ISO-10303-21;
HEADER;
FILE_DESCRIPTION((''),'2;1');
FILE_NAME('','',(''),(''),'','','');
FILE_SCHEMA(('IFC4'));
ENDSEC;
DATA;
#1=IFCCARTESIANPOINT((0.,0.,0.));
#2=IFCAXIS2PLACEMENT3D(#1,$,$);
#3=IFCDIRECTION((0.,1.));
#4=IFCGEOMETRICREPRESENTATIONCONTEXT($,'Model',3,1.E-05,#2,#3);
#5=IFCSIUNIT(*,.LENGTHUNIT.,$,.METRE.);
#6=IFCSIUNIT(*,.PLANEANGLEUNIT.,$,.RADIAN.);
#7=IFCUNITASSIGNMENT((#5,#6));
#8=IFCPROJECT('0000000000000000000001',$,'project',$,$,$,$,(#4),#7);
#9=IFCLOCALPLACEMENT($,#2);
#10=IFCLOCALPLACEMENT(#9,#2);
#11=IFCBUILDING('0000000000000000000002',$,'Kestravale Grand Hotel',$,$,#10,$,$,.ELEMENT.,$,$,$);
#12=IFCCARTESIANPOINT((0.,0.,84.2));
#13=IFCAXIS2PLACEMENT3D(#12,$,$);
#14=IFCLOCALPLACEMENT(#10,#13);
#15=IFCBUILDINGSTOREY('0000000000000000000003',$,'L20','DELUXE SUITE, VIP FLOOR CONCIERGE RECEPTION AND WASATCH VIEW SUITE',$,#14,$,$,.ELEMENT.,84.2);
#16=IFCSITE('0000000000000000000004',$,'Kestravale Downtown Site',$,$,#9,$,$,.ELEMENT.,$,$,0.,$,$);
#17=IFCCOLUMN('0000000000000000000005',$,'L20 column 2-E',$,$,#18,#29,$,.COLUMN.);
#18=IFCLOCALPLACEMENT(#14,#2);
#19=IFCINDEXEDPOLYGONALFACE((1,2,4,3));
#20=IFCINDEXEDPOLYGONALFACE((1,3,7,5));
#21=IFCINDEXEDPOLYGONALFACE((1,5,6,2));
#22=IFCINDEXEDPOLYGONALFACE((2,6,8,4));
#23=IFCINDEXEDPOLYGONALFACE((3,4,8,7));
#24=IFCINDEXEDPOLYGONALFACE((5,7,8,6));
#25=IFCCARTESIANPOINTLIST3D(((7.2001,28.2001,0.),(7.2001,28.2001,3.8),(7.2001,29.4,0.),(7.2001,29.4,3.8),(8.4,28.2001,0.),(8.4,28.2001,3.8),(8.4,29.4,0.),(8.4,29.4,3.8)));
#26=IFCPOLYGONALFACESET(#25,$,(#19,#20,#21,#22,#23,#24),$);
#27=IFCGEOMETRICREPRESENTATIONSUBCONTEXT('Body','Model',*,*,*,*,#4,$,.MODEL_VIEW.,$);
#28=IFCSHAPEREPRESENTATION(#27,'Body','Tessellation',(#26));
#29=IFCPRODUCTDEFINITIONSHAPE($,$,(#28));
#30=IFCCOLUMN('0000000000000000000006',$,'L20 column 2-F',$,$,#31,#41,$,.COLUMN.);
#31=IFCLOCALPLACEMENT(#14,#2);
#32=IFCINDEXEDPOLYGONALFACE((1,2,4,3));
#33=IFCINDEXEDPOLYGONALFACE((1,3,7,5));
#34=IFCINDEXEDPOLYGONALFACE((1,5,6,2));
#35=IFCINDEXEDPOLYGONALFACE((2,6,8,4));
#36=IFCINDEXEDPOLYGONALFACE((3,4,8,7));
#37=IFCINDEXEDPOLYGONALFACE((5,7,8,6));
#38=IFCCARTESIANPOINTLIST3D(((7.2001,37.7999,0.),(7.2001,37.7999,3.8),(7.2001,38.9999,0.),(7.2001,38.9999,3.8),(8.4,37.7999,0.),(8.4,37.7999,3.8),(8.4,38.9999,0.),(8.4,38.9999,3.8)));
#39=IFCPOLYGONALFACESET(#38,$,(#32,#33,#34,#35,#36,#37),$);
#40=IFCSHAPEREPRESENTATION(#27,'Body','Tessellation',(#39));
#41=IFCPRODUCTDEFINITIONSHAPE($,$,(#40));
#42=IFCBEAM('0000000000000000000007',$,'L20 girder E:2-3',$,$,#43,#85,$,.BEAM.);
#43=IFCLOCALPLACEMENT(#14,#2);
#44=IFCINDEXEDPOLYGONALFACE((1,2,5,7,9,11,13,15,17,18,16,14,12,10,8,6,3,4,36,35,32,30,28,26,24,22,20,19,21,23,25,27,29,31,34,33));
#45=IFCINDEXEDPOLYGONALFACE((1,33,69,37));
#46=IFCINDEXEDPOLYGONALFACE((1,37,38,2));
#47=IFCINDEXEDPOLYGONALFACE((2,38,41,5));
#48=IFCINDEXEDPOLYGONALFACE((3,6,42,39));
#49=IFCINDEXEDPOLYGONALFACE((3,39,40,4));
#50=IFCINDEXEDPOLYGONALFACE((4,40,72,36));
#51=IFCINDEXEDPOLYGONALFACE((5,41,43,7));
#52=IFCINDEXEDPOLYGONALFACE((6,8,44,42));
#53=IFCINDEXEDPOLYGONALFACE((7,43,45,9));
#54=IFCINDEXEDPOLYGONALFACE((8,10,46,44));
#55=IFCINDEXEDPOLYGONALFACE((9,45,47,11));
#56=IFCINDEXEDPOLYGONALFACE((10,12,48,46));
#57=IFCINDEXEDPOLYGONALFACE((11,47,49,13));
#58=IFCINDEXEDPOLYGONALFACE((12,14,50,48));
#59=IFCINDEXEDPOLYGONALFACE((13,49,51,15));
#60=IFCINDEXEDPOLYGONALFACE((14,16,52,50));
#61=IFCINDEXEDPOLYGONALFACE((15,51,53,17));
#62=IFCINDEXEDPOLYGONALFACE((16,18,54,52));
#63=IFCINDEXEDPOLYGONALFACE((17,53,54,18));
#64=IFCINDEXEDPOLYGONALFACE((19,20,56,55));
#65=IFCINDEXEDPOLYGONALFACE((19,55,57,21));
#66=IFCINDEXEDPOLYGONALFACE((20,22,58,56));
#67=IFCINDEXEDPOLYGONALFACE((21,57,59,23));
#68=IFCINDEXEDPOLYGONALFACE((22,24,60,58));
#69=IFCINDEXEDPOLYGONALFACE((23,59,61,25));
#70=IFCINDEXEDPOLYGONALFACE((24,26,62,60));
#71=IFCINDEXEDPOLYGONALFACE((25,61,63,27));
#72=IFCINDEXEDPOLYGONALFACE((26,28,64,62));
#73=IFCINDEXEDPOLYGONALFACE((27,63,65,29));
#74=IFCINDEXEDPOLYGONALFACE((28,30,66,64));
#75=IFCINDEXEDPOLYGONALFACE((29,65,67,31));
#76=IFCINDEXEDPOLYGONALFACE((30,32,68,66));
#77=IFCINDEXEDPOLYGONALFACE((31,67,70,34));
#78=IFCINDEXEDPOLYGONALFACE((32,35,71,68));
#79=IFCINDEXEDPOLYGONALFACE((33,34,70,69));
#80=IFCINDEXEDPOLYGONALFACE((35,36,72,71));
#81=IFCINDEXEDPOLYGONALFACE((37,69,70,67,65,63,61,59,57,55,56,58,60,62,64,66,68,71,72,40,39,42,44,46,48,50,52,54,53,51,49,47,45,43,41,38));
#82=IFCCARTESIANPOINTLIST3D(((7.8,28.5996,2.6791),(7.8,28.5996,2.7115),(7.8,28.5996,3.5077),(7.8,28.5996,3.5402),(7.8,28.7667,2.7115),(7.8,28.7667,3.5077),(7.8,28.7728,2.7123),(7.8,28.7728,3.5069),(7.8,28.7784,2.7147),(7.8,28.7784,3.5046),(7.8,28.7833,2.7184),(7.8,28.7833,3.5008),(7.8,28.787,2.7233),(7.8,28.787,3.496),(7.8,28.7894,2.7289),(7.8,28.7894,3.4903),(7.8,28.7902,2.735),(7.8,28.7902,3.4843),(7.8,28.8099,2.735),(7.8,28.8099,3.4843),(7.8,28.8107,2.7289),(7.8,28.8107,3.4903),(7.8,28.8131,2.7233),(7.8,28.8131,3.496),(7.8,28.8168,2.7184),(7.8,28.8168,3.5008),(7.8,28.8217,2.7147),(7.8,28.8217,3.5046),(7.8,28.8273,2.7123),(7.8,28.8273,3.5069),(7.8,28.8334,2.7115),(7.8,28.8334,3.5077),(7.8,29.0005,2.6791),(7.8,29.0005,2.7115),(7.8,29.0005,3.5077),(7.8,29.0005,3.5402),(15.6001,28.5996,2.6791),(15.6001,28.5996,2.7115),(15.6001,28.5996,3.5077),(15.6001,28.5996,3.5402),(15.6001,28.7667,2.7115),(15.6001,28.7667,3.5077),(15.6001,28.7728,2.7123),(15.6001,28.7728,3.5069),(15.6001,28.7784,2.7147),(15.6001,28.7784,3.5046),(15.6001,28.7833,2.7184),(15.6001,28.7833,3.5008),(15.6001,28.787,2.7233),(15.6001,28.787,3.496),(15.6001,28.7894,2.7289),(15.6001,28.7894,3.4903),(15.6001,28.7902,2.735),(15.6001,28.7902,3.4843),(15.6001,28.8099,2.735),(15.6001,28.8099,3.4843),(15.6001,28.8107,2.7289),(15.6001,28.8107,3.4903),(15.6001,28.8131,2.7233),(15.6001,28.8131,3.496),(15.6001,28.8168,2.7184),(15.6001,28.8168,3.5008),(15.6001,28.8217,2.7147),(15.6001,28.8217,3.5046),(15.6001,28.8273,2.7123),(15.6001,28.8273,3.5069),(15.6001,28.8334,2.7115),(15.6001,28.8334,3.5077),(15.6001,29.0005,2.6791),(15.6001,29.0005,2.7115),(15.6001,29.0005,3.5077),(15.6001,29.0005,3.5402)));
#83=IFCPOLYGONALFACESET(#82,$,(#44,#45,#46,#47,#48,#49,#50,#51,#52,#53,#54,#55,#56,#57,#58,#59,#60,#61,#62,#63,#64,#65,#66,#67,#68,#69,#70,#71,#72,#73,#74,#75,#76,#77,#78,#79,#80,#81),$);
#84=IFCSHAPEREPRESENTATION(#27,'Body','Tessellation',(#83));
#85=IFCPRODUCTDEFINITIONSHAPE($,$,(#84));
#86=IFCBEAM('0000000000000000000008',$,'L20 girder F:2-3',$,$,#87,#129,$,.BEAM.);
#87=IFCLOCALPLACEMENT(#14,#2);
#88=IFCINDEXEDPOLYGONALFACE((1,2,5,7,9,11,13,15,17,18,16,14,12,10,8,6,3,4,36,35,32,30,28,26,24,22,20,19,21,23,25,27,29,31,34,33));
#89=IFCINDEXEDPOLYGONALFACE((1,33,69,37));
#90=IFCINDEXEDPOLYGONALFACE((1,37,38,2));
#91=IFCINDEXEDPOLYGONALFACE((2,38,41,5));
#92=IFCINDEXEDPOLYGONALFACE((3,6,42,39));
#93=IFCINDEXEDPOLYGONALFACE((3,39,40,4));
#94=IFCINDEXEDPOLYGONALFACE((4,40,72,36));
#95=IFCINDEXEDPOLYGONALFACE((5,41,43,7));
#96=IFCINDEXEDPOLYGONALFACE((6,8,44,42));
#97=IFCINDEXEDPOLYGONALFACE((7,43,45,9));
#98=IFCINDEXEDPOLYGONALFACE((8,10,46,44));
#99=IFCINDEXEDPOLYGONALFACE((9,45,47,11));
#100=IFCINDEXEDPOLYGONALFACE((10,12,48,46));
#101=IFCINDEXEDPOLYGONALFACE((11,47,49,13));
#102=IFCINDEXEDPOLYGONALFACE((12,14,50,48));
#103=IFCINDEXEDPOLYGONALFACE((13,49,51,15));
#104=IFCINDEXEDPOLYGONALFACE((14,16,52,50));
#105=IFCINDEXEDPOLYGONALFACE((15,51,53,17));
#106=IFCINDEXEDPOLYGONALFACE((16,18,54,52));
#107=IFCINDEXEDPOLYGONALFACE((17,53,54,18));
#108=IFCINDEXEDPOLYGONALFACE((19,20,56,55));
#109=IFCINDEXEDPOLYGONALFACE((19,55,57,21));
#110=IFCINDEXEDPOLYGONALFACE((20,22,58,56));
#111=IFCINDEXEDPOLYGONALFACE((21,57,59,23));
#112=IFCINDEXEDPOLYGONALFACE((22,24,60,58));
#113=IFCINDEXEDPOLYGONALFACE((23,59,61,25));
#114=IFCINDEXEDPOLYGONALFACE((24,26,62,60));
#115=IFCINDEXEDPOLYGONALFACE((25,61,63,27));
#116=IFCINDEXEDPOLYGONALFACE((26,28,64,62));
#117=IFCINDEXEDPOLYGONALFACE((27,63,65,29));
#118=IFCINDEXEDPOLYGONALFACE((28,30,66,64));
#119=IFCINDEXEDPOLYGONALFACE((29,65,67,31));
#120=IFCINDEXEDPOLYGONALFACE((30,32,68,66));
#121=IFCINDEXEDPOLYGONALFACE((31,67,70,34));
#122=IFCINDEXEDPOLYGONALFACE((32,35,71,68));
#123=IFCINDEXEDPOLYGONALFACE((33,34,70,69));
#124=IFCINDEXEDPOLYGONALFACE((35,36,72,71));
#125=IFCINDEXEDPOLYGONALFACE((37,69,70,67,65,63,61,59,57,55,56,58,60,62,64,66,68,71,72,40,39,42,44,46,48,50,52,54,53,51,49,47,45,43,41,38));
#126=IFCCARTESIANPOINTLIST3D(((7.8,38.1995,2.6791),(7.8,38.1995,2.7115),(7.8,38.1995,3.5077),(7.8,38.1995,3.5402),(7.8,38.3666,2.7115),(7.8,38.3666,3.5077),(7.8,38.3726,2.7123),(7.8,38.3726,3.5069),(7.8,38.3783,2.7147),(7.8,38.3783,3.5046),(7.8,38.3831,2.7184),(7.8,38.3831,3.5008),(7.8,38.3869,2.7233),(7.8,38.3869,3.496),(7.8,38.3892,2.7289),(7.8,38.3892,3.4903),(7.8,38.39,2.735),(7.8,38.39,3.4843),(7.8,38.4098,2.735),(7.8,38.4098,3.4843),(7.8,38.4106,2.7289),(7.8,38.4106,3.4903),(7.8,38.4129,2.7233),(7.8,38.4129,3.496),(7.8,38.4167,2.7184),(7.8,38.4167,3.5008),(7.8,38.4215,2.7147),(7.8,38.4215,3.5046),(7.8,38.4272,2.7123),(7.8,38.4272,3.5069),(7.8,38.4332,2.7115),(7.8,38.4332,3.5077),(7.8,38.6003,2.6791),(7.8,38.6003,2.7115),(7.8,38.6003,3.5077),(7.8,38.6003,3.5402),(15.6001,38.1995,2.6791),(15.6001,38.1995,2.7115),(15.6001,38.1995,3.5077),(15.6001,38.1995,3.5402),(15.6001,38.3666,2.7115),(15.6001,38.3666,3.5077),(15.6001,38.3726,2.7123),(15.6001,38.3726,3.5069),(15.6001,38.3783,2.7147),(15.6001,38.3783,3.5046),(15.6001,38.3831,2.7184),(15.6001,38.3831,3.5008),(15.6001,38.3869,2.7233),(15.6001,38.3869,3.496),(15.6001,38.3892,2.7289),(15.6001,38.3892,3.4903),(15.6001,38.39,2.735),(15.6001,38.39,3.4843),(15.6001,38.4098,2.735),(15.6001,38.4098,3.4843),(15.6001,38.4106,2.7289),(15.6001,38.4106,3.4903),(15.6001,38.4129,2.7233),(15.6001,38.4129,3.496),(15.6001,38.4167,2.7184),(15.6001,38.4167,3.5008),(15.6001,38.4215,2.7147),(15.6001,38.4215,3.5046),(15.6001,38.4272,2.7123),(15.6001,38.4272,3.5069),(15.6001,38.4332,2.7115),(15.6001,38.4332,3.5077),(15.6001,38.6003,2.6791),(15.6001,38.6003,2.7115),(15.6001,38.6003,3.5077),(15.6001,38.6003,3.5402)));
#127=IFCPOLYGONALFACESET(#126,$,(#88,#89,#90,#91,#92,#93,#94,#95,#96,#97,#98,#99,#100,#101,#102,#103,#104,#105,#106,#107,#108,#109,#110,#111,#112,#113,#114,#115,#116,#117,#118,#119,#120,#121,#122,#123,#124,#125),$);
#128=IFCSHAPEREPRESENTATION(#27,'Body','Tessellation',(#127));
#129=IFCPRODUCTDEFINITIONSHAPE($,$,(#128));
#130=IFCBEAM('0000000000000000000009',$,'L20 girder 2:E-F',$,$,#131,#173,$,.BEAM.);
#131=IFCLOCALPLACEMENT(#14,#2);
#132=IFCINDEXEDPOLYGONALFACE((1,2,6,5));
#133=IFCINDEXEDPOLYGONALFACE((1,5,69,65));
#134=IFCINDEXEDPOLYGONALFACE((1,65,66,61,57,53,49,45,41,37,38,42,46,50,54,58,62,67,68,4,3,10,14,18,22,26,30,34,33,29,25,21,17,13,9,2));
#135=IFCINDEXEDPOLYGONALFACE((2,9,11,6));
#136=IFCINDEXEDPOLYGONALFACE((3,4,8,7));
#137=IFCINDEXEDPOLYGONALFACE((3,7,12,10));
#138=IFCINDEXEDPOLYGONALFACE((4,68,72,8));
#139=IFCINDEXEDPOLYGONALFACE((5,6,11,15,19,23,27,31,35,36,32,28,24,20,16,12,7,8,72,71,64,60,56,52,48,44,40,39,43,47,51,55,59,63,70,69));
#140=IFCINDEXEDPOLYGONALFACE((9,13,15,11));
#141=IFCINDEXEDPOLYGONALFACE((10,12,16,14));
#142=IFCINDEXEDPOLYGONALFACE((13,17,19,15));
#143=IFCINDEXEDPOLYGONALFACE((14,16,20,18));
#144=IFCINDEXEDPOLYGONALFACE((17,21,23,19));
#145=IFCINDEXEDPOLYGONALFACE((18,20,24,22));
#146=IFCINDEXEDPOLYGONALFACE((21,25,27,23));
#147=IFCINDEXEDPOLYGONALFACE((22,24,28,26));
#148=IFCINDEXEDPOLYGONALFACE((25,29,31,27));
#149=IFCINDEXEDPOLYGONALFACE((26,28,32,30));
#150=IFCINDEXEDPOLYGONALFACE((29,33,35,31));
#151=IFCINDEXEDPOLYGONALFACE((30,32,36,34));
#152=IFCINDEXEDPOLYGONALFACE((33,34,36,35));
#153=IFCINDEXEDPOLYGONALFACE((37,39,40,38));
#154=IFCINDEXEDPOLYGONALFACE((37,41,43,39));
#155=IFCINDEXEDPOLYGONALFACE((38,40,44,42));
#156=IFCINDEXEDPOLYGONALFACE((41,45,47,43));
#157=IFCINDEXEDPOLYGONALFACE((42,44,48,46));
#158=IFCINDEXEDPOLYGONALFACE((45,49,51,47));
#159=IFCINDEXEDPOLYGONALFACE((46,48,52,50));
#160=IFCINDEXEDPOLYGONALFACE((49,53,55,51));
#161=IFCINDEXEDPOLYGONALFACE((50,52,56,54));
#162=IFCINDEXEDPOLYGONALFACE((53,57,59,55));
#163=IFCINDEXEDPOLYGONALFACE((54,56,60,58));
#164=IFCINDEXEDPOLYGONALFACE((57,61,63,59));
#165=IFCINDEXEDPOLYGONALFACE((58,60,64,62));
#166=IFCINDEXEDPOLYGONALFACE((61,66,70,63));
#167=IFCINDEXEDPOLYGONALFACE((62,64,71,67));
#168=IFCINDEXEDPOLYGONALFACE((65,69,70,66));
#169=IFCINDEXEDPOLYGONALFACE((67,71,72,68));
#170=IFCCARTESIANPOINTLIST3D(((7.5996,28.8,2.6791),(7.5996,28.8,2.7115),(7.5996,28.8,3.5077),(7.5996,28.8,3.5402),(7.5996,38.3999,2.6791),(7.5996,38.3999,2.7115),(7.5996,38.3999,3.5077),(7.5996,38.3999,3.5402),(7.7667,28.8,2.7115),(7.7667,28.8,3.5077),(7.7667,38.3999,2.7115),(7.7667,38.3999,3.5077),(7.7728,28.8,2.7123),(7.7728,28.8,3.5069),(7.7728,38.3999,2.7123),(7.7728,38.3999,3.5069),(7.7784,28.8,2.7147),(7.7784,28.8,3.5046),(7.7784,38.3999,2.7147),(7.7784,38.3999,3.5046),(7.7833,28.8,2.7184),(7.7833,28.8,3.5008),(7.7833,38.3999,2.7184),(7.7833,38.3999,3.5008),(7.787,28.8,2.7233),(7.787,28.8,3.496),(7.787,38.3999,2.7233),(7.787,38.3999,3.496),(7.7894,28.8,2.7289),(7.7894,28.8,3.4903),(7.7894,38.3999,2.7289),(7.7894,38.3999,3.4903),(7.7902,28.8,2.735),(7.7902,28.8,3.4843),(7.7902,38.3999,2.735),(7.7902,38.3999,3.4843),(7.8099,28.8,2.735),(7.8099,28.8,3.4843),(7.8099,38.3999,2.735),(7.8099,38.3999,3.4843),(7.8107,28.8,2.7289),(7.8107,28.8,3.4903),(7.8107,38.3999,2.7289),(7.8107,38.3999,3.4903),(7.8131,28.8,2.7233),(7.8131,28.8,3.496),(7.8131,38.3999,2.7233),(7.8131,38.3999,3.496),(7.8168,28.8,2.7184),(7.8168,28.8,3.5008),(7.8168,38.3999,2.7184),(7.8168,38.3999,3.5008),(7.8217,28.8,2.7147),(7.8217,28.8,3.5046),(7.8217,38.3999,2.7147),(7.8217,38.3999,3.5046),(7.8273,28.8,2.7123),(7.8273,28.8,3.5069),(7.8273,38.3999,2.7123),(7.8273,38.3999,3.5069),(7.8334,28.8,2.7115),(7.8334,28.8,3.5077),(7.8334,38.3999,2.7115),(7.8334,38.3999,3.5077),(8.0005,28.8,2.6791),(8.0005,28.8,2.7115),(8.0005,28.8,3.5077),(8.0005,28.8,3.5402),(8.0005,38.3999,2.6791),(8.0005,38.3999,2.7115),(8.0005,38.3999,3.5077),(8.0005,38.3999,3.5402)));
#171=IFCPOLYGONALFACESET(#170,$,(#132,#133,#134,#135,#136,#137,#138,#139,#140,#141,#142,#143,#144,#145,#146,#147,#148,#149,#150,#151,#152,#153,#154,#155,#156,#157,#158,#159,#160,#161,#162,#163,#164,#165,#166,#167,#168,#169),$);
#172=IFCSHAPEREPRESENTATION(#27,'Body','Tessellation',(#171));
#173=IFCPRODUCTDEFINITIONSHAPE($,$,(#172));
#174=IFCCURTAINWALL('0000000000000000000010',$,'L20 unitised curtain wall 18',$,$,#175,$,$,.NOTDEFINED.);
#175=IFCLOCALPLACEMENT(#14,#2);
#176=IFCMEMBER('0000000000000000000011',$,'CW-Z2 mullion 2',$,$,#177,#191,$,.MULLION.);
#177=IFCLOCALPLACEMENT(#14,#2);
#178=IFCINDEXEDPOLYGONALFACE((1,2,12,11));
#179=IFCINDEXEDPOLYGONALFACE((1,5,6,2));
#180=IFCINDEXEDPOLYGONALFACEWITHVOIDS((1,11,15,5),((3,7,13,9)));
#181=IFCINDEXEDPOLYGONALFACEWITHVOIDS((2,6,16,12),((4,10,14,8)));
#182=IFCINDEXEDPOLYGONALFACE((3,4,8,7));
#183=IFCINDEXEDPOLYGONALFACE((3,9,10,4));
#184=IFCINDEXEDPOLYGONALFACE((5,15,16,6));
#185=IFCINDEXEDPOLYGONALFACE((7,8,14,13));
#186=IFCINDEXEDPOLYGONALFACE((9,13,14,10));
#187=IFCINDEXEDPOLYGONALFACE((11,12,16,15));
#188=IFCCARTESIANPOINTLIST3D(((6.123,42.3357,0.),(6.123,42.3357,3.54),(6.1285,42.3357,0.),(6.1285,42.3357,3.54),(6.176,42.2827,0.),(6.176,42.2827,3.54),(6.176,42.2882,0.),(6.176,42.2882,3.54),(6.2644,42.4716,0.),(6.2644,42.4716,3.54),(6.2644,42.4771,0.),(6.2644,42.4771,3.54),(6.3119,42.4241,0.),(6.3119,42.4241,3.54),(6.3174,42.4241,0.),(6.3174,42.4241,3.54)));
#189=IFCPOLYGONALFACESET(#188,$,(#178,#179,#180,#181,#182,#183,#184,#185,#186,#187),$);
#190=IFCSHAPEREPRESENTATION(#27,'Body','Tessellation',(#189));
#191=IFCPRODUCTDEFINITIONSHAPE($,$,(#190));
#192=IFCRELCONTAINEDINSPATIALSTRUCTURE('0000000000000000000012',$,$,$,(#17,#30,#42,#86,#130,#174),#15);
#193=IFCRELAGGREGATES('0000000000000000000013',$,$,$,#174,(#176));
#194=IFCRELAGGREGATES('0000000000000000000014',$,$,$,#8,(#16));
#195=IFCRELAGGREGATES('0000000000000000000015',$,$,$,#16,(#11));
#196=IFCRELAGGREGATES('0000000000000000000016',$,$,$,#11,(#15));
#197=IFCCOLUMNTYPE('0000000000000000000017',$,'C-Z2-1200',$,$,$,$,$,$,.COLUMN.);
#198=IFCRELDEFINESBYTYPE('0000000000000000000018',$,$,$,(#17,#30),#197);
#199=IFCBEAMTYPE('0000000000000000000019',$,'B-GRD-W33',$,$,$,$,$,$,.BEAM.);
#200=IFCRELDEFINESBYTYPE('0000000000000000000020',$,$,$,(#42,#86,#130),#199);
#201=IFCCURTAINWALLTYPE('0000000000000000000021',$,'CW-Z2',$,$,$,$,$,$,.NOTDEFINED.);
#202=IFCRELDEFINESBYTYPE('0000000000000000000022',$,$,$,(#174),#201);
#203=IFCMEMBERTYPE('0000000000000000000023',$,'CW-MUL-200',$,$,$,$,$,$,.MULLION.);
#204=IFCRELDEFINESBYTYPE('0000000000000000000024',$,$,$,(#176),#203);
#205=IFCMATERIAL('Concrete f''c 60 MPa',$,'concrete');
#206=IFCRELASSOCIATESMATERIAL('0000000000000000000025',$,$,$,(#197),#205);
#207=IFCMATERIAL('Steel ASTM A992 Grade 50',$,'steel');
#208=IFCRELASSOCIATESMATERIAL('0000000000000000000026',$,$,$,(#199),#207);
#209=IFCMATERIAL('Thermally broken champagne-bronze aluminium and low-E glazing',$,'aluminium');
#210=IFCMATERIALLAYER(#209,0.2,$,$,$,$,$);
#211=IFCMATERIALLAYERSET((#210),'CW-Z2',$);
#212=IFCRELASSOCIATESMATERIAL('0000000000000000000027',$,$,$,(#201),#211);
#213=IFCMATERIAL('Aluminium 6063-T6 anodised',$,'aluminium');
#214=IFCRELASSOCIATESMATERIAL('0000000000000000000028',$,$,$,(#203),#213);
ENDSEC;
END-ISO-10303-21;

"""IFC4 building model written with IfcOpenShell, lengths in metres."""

from ifc_helpers import new_model, si_unit, direction, frame, origin, origin_2d, place, context, subcontext, project, spatial, rectangle, hollow_rectangle, i_section, extrude, material, layer, layer_set, material_profile, profile_set, type_object, element, aggregate, save


model = new_model("IFC4")

# Units and contexts
model_context = context("Model", 3, precision=1e-05, world=origin(), true_north=direction((0.0, 1.0)))
body_context = subcontext(model_context, "Body", "Model", "MODEL_VIEW")
ifc_project = project(units=[si_unit("LENGTHUNIT", "METRE"), si_unit("PLANEANGLEUNIT", "RADIAN")], contexts=[model_context])

# Site, building, storey
site_placement = place(None, origin())
site = spatial("IfcSite", under=ifc_project, at=site_placement, Name="Kestravale Downtown Site", CompositionType="ELEMENT", RefElevation=0.0)
building_placement = place(site_placement, origin())
building = spatial("IfcBuilding", under=site, at=building_placement, Name="Kestravale Grand Hotel", CompositionType="ELEMENT")
storey_placement = place(building_placement, frame((0.0, 0.0, 84.2)))
storey = spatial("IfcBuildingStorey", under=building, at=storey_placement, Name="L20", Description="DELUXE SUITE, VIP FLOOR CONCIERGE RECEPTION AND WASATCH VIEW SUITE", CompositionType="ELEMENT", Elevation=84.2)

# Columns
ifc_material_1 = material(Name="Concrete f'c 60 MPa", Category="concrete")
ifc_material_profile_1 = material_profile(ifc_material_1, rectangle(XDim=1.2, YDim=1.2, at=origin_2d()))
ifc_profile_set_1 = profile_set([ifc_material_profile_1], Name="Concrete f'c 60 MPa")
column_type = type_object("IfcColumnType", Name="C-Z2-1200", PredefinedType="COLUMN", material=ifc_profile_set_1)
for number, where, z_axis, x_axis, name in (
    (1, (7.8, 28.8, 0.0), (0.0, 0.0, 1.0), (1.0, 0.0, 0.0), "L20 column 2-E"),
    (2, (7.8, 38.3999, 0.0), (0.0, 0.0, 1.0), (1.0, 0.0, 0.0), "L20 column 2-F"),
):
    element("IfcColumn", number, at=place(storey_placement, frame(where, z_axis=z_axis, x_axis=x_axis)), inside=storey, type_object=column_type, Name=name, PredefinedType="COLUMN", context=body_context, shape_type="SweptSolid", body=[
        extrude(rectangle(XDim=1.2, YDim=1.2, at=origin_2d()), origin(), (0.0, 0.0, 1.0), 3.8),
    ])

# Beams
ifc_material_2 = material(Name="Steel ASTM A992 Grade 50", Category="steel")
ifc_material_profile_2 = material_profile(ifc_material_2, i_section(OverallWidth=0.4009, OverallDepth=0.8611, WebThickness=0.0198, FlangeThickness=0.0325, FilletRadius=0.0234, at=origin_2d()))
ifc_profile_set_2 = profile_set([ifc_material_profile_2], Name="Steel ASTM A992 Grade 50")
beam_type = type_object("IfcBeamType", Name="B-GRD-W33", PredefinedType="BEAM", material=ifc_profile_set_2)
for number, where, z_axis, x_axis, name in (
    (3, (7.8, 28.8, 3.1096), (1.0, 0.0, 0.0), (0.0, 1.0, 0.0), "L20 girder E:2-3"),
    (4, (7.8, 38.3999, 3.1096), (1.0, 0.0, 0.0), (0.0, 1.0, 0.0), "L20 girder F:2-3"),
):
    element("IfcBeam", number, at=place(storey_placement, frame(where, z_axis=z_axis, x_axis=x_axis)), inside=storey, type_object=beam_type, Name=name, PredefinedType="BEAM", context=body_context, shape_type="SweptSolid", body=[
        extrude(i_section(OverallWidth=0.4009, OverallDepth=0.8611, WebThickness=0.0198, FlangeThickness=0.0325, FilletRadius=0.0234, at=origin_2d()), origin(), (0.0, 0.0, 1.0), 7.8),
    ])
beam_placement = place(storey_placement, frame((7.8, 28.8, 3.1096), z_axis=(0.0, 1.0, 0.0), x_axis=(-1.0, 0.0, 0.0)))
element("IfcBeam", 5, at=beam_placement, inside=storey, type_object=beam_type, Name="L20 girder 2:E-F", PredefinedType="BEAM", context=body_context, shape_type="SweptSolid", body=[
    extrude(i_section(OverallWidth=0.4009, OverallDepth=0.8611, WebThickness=0.0198, FlangeThickness=0.0325, FilletRadius=0.0234, at=origin_2d()), origin(), (0.0, 0.0, 1.0), 9.5999),
])

# Curtain wall, member
ifc_material_3 = material(Name="Thermally broken champagne-bronze aluminium and low-E glazing", Category="aluminium")
ifc_layer_1 = layer(ifc_material_3, 0.2)
ifc_layer_set_1 = layer_set([ifc_layer_1], Name="CW-Z2")
curtain_wall_type = type_object("IfcCurtainWallType", Name="CW-Z2", PredefinedType="NOTDEFINED", material=ifc_layer_set_1)
curtain_wall_placement = place(storey_placement, origin())
curtain_wall = element("IfcCurtainWall", 6, at=curtain_wall_placement, inside=storey, type_object=curtain_wall_type, Name="L20 unitised curtain wall 18", PredefinedType="NOTDEFINED")
ifc_material_4 = material(Name="Aluminium 6063-T6 anodised", Category="aluminium")
ifc_material_profile_3 = material_profile(ifc_material_4, hollow_rectangle(XDim=0.075, YDim=0.2, WallThickness=0.0039, at=origin_2d()))
ifc_profile_set_3 = profile_set([ifc_material_profile_3], Name="Aluminium 6063-T6 anodised")
member_type_1 = type_object("IfcMemberType", Name="CW-MUL-200", PredefinedType="MULLION", material=ifc_profile_set_3)
member_1_placement = place(storey_placement, frame((6.2202, 42.3799, 0.0), z_axis=(0.0, 0.0, 1.0), x_axis=(0.707107, -0.707107, 0.0)))
member_1 = element("IfcMember", 7, at=member_1_placement, type_object=member_type_1, Name="CW-Z2 mullion 2", PredefinedType="MULLION", context=body_context, shape_type="SweptSolid", body=[
    extrude(hollow_rectangle(XDim=0.075, YDim=0.2, WallThickness=0.0039, at=origin_2d()), origin(), (0.0, 0.0, 1.0), 3.54),
])
aggregate(curtain_wall, [member_1])

save(model, "model.ifc")
